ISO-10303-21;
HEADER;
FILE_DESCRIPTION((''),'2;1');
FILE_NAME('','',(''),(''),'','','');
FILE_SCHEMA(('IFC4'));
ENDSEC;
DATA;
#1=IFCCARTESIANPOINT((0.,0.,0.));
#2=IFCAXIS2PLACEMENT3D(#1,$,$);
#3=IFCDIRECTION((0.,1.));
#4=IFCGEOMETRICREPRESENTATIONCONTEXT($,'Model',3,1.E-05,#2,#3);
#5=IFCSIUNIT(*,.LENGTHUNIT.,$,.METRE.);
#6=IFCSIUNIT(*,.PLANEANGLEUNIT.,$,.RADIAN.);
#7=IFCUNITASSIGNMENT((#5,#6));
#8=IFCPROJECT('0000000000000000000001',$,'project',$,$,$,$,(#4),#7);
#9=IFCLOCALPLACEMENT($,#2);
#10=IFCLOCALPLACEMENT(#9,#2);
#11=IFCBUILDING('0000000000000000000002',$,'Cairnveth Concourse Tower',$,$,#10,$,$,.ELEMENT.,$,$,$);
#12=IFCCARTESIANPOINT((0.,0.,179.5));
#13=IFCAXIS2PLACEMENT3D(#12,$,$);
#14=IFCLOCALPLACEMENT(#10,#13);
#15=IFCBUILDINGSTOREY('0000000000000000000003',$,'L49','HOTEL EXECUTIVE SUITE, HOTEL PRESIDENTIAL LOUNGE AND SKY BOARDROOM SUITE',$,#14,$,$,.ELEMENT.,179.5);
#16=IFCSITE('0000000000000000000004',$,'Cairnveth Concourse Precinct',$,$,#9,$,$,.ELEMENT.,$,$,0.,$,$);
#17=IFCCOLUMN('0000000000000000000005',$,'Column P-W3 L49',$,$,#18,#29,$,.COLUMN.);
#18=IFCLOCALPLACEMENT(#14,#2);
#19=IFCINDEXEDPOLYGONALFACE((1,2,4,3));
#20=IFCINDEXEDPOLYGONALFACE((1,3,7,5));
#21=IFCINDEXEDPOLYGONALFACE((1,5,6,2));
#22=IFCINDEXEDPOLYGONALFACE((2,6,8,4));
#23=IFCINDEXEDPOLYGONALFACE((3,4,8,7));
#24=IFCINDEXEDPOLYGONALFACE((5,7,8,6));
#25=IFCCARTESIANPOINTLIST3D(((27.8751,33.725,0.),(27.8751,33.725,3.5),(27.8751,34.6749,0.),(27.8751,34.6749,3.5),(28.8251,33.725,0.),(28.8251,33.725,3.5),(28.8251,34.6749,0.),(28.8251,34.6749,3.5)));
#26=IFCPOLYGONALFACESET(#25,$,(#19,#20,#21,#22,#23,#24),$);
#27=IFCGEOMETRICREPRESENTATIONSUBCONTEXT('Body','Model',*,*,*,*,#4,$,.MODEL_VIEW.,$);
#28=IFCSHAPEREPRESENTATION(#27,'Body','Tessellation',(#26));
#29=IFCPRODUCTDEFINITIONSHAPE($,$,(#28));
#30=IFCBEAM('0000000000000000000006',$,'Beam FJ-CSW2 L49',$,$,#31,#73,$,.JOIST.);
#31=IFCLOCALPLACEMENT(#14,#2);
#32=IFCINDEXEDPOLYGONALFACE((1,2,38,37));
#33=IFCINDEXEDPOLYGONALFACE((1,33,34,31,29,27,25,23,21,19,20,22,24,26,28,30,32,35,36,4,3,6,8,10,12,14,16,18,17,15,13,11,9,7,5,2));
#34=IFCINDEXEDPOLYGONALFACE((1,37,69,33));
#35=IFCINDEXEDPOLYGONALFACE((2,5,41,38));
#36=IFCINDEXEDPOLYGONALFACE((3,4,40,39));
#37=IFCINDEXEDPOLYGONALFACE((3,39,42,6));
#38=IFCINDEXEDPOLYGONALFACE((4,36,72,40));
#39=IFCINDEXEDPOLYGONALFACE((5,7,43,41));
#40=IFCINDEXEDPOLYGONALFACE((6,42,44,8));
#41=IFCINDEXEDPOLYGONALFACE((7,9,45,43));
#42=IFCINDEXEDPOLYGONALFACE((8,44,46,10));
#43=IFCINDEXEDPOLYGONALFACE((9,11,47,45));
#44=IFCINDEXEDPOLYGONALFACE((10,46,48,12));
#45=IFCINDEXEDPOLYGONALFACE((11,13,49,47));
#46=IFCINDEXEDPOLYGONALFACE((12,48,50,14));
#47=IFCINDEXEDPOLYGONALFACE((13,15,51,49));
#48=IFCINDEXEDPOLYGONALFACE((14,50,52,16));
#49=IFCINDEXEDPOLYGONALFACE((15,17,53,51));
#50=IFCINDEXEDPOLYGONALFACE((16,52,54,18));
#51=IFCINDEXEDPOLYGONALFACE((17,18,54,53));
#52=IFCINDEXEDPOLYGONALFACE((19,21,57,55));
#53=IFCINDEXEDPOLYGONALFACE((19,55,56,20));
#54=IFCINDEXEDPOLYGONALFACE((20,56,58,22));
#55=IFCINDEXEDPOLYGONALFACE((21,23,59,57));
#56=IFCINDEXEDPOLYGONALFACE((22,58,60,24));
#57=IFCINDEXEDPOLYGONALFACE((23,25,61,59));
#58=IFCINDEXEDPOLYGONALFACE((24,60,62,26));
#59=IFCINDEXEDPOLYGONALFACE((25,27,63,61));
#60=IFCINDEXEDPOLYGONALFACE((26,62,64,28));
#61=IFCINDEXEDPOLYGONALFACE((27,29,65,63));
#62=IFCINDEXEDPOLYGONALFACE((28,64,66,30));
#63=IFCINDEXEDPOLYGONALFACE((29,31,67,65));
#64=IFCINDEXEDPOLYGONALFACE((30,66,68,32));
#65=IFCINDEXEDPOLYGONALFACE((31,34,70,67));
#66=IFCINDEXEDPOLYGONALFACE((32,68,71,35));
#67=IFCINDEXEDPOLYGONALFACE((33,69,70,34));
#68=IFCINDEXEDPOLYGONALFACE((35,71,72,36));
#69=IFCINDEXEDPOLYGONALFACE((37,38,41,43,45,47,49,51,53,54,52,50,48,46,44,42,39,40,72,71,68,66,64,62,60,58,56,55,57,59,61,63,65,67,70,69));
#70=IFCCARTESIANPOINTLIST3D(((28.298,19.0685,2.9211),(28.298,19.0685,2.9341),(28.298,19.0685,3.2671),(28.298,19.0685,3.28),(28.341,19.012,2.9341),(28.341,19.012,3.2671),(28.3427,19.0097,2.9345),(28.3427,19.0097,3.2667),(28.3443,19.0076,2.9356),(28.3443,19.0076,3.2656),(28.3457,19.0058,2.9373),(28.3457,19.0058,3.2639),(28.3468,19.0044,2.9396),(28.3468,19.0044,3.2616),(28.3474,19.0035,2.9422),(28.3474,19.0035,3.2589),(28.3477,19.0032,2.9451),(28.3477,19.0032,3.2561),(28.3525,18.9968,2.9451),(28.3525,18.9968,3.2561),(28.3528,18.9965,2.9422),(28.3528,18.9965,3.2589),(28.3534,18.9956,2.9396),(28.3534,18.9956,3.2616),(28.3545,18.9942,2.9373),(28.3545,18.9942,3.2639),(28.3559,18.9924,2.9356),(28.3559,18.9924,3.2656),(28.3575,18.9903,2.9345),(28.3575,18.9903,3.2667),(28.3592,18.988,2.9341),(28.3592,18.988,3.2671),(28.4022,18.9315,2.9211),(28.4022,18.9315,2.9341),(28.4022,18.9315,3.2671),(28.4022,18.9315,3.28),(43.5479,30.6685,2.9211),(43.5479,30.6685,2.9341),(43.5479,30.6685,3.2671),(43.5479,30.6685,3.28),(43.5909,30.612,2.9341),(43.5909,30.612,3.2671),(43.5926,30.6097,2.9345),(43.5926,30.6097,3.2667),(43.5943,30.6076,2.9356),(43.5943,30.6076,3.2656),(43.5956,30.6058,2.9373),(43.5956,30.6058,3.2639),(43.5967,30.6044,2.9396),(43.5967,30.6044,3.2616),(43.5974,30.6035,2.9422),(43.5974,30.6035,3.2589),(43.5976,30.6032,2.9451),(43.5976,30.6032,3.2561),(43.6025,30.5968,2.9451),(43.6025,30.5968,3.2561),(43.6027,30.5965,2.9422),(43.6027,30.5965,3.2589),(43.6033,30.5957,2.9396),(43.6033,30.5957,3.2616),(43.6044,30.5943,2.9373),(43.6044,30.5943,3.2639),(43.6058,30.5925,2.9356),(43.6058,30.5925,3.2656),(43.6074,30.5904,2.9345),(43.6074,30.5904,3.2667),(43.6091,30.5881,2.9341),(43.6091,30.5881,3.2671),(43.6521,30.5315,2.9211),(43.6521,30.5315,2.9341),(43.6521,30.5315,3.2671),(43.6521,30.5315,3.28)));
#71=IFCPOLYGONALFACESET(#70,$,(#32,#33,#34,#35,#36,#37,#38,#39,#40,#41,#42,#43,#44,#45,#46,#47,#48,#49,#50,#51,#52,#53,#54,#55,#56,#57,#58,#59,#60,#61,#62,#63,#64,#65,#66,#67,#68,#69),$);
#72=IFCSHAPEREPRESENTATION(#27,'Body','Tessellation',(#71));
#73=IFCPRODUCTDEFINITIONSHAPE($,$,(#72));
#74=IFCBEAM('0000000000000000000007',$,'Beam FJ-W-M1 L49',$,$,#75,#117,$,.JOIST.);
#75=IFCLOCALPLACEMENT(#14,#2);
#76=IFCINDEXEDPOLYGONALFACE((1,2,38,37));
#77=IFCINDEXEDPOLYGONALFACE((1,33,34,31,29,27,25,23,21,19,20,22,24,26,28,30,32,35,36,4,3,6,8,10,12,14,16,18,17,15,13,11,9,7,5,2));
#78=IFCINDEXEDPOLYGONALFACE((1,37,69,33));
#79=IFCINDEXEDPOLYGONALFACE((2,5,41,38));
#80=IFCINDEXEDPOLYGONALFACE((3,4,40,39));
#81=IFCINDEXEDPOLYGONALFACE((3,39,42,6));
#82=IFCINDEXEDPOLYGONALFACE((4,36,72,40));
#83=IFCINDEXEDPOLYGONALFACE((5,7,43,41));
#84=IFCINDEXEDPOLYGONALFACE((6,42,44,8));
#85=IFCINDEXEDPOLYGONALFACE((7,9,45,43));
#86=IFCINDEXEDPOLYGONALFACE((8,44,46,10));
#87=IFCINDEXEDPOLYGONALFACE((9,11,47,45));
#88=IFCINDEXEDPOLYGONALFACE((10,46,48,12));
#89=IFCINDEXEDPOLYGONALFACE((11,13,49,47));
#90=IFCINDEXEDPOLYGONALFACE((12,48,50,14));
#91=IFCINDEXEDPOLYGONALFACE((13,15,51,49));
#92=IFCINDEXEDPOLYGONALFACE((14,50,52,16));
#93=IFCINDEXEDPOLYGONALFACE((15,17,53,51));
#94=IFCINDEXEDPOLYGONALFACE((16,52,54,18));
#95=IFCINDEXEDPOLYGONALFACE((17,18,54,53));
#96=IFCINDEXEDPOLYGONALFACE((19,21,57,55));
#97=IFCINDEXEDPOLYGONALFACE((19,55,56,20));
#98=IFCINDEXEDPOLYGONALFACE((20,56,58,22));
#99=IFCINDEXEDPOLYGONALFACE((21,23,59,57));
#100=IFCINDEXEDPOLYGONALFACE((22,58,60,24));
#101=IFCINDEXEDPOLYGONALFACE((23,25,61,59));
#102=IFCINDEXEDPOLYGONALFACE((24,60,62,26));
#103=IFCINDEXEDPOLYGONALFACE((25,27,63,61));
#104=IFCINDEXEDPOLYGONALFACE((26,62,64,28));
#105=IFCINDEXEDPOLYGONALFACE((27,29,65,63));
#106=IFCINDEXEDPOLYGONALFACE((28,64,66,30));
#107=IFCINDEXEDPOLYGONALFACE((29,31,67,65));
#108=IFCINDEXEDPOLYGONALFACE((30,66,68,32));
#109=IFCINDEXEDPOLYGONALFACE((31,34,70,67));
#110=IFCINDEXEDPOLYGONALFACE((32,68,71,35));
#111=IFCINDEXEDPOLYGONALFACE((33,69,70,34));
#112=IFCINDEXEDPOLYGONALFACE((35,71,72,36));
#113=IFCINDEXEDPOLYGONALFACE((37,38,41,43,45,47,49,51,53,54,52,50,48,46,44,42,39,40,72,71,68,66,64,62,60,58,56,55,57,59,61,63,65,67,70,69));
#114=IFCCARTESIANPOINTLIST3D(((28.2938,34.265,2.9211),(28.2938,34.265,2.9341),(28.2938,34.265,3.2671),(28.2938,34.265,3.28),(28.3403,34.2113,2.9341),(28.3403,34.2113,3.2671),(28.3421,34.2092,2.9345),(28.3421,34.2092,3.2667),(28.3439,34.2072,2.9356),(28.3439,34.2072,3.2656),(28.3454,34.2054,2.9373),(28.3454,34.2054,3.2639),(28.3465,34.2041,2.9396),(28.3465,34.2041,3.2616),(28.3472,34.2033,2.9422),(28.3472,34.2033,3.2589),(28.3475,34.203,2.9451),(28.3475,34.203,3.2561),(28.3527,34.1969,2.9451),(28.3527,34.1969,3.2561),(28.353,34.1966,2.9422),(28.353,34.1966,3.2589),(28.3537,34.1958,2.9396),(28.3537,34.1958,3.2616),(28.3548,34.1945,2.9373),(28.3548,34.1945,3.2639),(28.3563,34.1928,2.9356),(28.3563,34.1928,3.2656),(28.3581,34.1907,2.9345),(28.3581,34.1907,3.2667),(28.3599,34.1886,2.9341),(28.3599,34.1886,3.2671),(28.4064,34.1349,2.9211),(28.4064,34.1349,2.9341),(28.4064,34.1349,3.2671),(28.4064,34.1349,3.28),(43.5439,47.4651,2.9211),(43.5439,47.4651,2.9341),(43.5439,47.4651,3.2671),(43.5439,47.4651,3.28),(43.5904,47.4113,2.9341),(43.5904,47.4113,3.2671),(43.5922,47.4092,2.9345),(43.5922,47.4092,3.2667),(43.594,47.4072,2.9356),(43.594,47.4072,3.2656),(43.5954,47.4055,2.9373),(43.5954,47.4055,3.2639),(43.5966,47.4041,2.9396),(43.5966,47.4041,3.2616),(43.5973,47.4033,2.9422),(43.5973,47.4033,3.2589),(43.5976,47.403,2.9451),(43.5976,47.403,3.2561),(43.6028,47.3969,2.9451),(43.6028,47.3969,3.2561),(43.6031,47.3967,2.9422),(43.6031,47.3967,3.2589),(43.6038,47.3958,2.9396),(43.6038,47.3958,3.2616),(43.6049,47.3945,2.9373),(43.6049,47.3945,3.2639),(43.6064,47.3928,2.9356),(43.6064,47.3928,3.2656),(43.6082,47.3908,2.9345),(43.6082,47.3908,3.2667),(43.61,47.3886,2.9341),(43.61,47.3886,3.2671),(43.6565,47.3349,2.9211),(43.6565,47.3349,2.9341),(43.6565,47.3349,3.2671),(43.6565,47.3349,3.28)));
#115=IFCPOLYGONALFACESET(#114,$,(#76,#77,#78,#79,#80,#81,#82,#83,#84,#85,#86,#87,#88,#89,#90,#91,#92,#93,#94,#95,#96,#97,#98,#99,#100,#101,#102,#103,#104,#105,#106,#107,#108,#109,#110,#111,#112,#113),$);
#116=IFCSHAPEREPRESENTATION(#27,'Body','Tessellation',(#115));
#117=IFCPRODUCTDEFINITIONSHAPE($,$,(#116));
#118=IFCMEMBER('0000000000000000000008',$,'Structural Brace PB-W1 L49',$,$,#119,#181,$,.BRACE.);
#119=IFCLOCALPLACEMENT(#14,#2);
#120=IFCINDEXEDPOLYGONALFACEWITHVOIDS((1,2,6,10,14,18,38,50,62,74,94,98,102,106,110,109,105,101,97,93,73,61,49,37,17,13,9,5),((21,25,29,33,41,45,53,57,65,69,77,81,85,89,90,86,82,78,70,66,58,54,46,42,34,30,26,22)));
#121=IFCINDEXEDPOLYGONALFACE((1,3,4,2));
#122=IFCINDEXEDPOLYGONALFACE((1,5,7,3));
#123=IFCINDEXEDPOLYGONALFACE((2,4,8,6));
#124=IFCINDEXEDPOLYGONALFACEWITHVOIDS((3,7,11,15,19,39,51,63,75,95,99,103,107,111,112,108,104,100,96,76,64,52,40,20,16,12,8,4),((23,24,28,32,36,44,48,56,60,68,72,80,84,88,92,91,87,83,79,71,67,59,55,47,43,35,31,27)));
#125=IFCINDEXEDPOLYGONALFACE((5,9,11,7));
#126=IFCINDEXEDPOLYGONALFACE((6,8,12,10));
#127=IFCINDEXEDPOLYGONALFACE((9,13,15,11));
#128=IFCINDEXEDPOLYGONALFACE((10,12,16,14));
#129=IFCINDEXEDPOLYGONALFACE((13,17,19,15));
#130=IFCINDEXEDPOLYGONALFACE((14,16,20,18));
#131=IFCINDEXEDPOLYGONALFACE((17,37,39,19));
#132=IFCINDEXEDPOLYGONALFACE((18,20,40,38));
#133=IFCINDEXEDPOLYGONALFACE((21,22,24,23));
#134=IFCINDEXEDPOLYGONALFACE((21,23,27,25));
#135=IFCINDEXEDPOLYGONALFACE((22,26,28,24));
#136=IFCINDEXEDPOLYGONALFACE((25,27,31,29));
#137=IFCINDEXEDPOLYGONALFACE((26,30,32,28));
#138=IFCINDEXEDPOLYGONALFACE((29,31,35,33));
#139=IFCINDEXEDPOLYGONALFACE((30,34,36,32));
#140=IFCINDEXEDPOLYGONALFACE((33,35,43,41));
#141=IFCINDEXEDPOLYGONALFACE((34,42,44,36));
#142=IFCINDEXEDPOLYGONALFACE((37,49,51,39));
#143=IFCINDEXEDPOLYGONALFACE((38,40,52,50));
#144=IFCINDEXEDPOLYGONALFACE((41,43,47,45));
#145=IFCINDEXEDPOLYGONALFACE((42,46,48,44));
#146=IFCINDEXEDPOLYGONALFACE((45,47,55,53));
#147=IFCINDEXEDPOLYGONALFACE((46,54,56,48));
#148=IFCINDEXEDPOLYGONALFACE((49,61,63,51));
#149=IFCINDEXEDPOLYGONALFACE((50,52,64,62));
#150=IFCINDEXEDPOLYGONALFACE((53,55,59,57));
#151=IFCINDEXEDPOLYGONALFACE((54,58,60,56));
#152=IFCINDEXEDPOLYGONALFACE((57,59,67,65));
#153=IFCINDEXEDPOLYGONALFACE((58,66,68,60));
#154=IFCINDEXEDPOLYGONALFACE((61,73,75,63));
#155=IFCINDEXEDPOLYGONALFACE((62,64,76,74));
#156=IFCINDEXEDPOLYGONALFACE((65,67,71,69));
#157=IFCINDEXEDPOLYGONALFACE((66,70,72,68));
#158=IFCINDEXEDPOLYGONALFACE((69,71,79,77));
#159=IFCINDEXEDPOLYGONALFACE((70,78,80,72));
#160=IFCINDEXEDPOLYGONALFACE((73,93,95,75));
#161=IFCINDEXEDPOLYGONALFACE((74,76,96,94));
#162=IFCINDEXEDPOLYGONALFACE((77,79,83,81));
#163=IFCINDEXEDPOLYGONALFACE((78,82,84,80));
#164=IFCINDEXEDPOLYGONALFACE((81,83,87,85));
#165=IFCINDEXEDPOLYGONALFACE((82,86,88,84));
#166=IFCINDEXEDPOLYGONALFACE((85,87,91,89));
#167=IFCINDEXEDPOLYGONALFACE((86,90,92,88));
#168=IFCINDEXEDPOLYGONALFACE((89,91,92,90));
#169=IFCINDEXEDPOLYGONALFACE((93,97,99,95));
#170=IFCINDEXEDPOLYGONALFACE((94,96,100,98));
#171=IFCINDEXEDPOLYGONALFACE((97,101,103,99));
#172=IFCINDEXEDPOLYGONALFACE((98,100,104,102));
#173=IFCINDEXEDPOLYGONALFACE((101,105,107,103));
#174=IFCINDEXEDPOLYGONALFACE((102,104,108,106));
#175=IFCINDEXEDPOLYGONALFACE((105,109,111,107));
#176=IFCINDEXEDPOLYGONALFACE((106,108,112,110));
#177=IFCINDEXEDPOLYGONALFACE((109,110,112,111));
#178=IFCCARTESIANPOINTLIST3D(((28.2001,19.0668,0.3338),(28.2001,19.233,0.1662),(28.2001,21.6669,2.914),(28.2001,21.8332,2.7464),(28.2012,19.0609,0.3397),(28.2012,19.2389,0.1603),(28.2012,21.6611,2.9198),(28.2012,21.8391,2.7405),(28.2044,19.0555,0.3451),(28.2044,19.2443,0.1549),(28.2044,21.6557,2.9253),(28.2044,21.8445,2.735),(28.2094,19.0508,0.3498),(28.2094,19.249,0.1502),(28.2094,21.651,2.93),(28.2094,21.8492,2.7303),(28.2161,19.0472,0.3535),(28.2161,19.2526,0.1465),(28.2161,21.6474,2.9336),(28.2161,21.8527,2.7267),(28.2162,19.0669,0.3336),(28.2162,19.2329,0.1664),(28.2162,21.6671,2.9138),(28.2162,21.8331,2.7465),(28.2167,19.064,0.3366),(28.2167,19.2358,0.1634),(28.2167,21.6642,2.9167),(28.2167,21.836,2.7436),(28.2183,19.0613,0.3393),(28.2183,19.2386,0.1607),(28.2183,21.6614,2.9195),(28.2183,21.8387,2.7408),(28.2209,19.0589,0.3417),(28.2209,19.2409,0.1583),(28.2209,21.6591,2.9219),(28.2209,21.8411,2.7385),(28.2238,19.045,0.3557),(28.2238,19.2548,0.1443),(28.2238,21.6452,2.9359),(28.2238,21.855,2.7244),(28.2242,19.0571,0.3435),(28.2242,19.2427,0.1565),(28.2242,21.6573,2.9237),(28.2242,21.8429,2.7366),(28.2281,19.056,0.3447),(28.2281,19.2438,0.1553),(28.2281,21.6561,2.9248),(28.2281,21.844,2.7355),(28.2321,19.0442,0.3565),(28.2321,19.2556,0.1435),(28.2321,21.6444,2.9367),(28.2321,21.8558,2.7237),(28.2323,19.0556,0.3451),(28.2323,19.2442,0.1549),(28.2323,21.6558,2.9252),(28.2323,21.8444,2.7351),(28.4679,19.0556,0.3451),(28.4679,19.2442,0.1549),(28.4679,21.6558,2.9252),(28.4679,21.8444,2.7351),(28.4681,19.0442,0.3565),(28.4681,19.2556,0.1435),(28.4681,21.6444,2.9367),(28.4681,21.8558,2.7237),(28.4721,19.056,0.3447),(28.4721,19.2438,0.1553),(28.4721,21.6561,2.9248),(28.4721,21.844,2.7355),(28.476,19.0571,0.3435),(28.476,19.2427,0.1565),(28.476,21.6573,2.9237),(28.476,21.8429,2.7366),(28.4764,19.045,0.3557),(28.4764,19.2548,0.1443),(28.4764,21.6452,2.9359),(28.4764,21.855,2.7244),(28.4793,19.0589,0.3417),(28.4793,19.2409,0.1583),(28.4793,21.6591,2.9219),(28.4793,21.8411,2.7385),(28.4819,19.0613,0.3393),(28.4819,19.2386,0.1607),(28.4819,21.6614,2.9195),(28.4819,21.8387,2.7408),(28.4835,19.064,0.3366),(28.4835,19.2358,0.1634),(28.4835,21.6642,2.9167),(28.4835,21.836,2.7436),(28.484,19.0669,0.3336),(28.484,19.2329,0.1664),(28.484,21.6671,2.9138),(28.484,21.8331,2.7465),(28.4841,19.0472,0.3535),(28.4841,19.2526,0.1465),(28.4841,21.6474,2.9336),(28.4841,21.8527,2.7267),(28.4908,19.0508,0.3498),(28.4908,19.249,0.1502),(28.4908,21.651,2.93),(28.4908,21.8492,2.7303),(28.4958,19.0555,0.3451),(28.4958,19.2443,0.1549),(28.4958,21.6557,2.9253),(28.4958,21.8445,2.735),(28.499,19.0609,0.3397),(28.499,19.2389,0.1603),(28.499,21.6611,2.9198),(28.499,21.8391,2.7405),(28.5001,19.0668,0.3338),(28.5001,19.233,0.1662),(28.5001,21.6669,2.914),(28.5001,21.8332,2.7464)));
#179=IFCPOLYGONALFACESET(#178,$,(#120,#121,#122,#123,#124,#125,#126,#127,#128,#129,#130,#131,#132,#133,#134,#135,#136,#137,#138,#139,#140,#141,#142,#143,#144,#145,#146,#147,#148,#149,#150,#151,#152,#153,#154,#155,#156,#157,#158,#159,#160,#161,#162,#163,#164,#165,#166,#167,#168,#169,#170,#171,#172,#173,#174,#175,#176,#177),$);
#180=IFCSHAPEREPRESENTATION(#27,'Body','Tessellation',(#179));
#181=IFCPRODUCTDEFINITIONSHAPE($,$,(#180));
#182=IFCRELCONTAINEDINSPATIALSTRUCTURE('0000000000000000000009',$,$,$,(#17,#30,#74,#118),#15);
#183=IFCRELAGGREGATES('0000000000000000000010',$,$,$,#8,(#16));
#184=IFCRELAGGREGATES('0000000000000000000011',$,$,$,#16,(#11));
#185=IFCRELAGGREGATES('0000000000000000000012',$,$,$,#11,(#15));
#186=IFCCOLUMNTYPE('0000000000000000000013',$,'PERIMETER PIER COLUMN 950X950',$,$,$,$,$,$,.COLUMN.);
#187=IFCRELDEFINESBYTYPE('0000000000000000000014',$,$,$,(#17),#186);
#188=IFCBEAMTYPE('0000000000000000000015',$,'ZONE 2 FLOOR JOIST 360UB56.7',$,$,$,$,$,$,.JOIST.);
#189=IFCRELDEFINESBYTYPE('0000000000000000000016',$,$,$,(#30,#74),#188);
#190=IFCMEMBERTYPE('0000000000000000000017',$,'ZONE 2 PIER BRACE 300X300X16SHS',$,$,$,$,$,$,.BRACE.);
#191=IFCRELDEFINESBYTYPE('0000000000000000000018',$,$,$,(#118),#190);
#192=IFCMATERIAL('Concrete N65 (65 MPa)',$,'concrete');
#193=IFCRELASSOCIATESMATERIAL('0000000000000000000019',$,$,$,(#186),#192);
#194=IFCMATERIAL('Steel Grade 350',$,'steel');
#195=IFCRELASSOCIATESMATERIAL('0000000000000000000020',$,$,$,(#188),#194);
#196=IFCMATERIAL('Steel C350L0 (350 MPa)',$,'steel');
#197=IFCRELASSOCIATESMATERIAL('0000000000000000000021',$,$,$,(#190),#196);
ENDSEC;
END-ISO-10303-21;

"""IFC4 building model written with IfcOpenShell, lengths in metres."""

from ifc_helpers import new_model, si_unit, direction, frame, origin, origin_2d, place, context, subcontext, project, spatial, rectangle, hollow_rectangle, i_section, extrude, material, material_profile, profile_set, type_object, element, save


model = new_model("IFC4")

# Units and contexts
model_context = context("Model", 3, precision=1e-05, world=origin(), true_north=direction((0.0, 1.0)))
body_context = subcontext(model_context, "Body", "Model", "MODEL_VIEW")
ifc_project = project(units=[si_unit("LENGTHUNIT", "METRE"), si_unit("PLANEANGLEUNIT", "RADIAN")], contexts=[model_context])

# Site, building, storey
site_placement = place(None, origin())
site = spatial("IfcSite", under=ifc_project, at=site_placement, Name="Cairnveth Concourse Precinct", CompositionType="ELEMENT", RefElevation=0.0)
building_placement = place(site_placement, origin())
building = spatial("IfcBuilding", under=site, at=building_placement, Name="Cairnveth Concourse Tower", CompositionType="ELEMENT")
storey_placement = place(building_placement, frame((0.0, 0.0, 179.5)))
storey = spatial("IfcBuildingStorey", under=building, at=storey_placement, Name="L49", Description="HOTEL EXECUTIVE SUITE, HOTEL PRESIDENTIAL LOUNGE AND SKY BOARDROOM SUITE", CompositionType="ELEMENT", Elevation=179.5)

# Column
ifc_material_1 = material(Name="Concrete N65 (65 MPa)", Category="concrete")
ifc_material_profile_1 = material_profile(ifc_material_1, rectangle(XDim=0.95, YDim=0.95, at=origin_2d()), Name="RC-COL-950x950")
ifc_profile_set_1 = profile_set([ifc_material_profile_1], Name="Concrete N65 (65 MPa)")
column_type = type_object("IfcColumnType", Name="PERIMETER PIER COLUMN 950X950", PredefinedType="COLUMN", material=ifc_profile_set_1)
column_placement = place(storey_placement, frame((28.3501, 34.2, 0.0), z_axis=(0.0, 0.0, 1.0), x_axis=(0.0, 1.0, 0.0)))
element("IfcColumn", 1, at=column_placement, inside=storey, type_object=column_type, Name="Column P-W3 L49", PredefinedType="COLUMN", context=body_context, shape_type="SweptSolid", body=[
    extrude(rectangle(XDim=0.95, YDim=0.95, at=origin_2d()), origin(), (0.0, 0.0, 1.0), 3.5),
])

# Beams
ifc_material_2 = material(Name="Steel Grade 350", Category="steel")
ifc_material_profile_2 = material_profile(ifc_material_2, i_section(OverallWidth=0.1721, OverallDepth=0.3589, WebThickness=0.0081, FlangeThickness=0.0129, FilletRadius=0.011, at=origin_2d()), Name="360UB56.7")
ifc_profile_set_2 = profile_set([ifc_material_profile_2], Name="Steel Grade 350")
beam_type_1 = type_object("IfcBeamType", Name="ZONE 2 FLOOR JOIST 360UB56.7", PredefinedType="JOIST", material=ifc_profile_set_2)
beam_1_placement = place(storey_placement, frame((28.3501, 19.0, 3.1006), z_axis=(0.795908, 0.605417, 0.0), x_axis=(-0.605417, 0.795908, 0.0)))
element("IfcBeam", 2, at=beam_1_placement, inside=storey, type_object=beam_type_1, Name="Beam FJ-CSW2 L49", PredefinedType="JOIST", context=body_context, shape_type="SweptSolid", body=[
    extrude(i_section(OverallWidth=0.1721, OverallDepth=0.3589, WebThickness=0.0081, FlangeThickness=0.0129, FilletRadius=0.011, at=origin_2d()), origin(), (0.0, 0.0, 1.0), 19.1604),
])
beam_2_placement = place(storey_placement, frame((28.3501, 34.2, 3.1006), z_axis=(0.756099, 0.654457, 0.0), x_axis=(-0.654457, 0.756099, 0.0)))
element("IfcBeam", 3, at=beam_2_placement, inside=storey, type_object=beam_type_1, Name="Beam FJ-W-M1 L49", PredefinedType="JOIST", context=body_context, shape_type="SweptSolid", body=[
    extrude(i_section(OverallWidth=0.1721, OverallDepth=0.3589, WebThickness=0.0081, FlangeThickness=0.0129, FilletRadius=0.011, at=origin_2d()), origin(), (0.0, 0.0, 1.0), 20.1694),
])

# Member
ifc_material_3 = material(Name="Steel C350L0 (350 MPa)", Category="steel")
ifc_material_profile_3 = material_profile(ifc_material_3, hollow_rectangle(XDim=0.3, YDim=0.3, WallThickness=0.0161, InnerFilletRadius=0.0161, OuterFilletRadius=0.032, at=origin_2d()), Name="300x300x16.0SHS")
ifc_profile_set_3 = profile_set([ifc_material_profile_3], Name="Steel C350L0 (350 MPa)")
member_type = type_object("IfcMemberType", Name="ZONE 2 PIER BRACE 300X300X16SHS", PredefinedType="BRACE", material=ifc_profile_set_3)
member_placement = place(storey_placement, frame((28.3501, 19.1499, 0.25), z_axis=(0.0, 0.709834, 0.704369), x_axis=(-1.0, 0.0, 0.0)))
element("IfcMember", 4, at=member_placement, inside=storey, type_object=member_type, Name="Structural Brace PB-W1 L49", PredefinedType="BRACE", context=body_context, shape_type="SweptSolid", body=[
    extrude(hollow_rectangle(XDim=0.3, YDim=0.3, WallThickness=0.0161, InnerFilletRadius=0.0161, OuterFilletRadius=0.032, at=origin_2d()), origin(), (0.0, 0.0, 1.0), 3.6631),
])

save(model, "model.ifc")
